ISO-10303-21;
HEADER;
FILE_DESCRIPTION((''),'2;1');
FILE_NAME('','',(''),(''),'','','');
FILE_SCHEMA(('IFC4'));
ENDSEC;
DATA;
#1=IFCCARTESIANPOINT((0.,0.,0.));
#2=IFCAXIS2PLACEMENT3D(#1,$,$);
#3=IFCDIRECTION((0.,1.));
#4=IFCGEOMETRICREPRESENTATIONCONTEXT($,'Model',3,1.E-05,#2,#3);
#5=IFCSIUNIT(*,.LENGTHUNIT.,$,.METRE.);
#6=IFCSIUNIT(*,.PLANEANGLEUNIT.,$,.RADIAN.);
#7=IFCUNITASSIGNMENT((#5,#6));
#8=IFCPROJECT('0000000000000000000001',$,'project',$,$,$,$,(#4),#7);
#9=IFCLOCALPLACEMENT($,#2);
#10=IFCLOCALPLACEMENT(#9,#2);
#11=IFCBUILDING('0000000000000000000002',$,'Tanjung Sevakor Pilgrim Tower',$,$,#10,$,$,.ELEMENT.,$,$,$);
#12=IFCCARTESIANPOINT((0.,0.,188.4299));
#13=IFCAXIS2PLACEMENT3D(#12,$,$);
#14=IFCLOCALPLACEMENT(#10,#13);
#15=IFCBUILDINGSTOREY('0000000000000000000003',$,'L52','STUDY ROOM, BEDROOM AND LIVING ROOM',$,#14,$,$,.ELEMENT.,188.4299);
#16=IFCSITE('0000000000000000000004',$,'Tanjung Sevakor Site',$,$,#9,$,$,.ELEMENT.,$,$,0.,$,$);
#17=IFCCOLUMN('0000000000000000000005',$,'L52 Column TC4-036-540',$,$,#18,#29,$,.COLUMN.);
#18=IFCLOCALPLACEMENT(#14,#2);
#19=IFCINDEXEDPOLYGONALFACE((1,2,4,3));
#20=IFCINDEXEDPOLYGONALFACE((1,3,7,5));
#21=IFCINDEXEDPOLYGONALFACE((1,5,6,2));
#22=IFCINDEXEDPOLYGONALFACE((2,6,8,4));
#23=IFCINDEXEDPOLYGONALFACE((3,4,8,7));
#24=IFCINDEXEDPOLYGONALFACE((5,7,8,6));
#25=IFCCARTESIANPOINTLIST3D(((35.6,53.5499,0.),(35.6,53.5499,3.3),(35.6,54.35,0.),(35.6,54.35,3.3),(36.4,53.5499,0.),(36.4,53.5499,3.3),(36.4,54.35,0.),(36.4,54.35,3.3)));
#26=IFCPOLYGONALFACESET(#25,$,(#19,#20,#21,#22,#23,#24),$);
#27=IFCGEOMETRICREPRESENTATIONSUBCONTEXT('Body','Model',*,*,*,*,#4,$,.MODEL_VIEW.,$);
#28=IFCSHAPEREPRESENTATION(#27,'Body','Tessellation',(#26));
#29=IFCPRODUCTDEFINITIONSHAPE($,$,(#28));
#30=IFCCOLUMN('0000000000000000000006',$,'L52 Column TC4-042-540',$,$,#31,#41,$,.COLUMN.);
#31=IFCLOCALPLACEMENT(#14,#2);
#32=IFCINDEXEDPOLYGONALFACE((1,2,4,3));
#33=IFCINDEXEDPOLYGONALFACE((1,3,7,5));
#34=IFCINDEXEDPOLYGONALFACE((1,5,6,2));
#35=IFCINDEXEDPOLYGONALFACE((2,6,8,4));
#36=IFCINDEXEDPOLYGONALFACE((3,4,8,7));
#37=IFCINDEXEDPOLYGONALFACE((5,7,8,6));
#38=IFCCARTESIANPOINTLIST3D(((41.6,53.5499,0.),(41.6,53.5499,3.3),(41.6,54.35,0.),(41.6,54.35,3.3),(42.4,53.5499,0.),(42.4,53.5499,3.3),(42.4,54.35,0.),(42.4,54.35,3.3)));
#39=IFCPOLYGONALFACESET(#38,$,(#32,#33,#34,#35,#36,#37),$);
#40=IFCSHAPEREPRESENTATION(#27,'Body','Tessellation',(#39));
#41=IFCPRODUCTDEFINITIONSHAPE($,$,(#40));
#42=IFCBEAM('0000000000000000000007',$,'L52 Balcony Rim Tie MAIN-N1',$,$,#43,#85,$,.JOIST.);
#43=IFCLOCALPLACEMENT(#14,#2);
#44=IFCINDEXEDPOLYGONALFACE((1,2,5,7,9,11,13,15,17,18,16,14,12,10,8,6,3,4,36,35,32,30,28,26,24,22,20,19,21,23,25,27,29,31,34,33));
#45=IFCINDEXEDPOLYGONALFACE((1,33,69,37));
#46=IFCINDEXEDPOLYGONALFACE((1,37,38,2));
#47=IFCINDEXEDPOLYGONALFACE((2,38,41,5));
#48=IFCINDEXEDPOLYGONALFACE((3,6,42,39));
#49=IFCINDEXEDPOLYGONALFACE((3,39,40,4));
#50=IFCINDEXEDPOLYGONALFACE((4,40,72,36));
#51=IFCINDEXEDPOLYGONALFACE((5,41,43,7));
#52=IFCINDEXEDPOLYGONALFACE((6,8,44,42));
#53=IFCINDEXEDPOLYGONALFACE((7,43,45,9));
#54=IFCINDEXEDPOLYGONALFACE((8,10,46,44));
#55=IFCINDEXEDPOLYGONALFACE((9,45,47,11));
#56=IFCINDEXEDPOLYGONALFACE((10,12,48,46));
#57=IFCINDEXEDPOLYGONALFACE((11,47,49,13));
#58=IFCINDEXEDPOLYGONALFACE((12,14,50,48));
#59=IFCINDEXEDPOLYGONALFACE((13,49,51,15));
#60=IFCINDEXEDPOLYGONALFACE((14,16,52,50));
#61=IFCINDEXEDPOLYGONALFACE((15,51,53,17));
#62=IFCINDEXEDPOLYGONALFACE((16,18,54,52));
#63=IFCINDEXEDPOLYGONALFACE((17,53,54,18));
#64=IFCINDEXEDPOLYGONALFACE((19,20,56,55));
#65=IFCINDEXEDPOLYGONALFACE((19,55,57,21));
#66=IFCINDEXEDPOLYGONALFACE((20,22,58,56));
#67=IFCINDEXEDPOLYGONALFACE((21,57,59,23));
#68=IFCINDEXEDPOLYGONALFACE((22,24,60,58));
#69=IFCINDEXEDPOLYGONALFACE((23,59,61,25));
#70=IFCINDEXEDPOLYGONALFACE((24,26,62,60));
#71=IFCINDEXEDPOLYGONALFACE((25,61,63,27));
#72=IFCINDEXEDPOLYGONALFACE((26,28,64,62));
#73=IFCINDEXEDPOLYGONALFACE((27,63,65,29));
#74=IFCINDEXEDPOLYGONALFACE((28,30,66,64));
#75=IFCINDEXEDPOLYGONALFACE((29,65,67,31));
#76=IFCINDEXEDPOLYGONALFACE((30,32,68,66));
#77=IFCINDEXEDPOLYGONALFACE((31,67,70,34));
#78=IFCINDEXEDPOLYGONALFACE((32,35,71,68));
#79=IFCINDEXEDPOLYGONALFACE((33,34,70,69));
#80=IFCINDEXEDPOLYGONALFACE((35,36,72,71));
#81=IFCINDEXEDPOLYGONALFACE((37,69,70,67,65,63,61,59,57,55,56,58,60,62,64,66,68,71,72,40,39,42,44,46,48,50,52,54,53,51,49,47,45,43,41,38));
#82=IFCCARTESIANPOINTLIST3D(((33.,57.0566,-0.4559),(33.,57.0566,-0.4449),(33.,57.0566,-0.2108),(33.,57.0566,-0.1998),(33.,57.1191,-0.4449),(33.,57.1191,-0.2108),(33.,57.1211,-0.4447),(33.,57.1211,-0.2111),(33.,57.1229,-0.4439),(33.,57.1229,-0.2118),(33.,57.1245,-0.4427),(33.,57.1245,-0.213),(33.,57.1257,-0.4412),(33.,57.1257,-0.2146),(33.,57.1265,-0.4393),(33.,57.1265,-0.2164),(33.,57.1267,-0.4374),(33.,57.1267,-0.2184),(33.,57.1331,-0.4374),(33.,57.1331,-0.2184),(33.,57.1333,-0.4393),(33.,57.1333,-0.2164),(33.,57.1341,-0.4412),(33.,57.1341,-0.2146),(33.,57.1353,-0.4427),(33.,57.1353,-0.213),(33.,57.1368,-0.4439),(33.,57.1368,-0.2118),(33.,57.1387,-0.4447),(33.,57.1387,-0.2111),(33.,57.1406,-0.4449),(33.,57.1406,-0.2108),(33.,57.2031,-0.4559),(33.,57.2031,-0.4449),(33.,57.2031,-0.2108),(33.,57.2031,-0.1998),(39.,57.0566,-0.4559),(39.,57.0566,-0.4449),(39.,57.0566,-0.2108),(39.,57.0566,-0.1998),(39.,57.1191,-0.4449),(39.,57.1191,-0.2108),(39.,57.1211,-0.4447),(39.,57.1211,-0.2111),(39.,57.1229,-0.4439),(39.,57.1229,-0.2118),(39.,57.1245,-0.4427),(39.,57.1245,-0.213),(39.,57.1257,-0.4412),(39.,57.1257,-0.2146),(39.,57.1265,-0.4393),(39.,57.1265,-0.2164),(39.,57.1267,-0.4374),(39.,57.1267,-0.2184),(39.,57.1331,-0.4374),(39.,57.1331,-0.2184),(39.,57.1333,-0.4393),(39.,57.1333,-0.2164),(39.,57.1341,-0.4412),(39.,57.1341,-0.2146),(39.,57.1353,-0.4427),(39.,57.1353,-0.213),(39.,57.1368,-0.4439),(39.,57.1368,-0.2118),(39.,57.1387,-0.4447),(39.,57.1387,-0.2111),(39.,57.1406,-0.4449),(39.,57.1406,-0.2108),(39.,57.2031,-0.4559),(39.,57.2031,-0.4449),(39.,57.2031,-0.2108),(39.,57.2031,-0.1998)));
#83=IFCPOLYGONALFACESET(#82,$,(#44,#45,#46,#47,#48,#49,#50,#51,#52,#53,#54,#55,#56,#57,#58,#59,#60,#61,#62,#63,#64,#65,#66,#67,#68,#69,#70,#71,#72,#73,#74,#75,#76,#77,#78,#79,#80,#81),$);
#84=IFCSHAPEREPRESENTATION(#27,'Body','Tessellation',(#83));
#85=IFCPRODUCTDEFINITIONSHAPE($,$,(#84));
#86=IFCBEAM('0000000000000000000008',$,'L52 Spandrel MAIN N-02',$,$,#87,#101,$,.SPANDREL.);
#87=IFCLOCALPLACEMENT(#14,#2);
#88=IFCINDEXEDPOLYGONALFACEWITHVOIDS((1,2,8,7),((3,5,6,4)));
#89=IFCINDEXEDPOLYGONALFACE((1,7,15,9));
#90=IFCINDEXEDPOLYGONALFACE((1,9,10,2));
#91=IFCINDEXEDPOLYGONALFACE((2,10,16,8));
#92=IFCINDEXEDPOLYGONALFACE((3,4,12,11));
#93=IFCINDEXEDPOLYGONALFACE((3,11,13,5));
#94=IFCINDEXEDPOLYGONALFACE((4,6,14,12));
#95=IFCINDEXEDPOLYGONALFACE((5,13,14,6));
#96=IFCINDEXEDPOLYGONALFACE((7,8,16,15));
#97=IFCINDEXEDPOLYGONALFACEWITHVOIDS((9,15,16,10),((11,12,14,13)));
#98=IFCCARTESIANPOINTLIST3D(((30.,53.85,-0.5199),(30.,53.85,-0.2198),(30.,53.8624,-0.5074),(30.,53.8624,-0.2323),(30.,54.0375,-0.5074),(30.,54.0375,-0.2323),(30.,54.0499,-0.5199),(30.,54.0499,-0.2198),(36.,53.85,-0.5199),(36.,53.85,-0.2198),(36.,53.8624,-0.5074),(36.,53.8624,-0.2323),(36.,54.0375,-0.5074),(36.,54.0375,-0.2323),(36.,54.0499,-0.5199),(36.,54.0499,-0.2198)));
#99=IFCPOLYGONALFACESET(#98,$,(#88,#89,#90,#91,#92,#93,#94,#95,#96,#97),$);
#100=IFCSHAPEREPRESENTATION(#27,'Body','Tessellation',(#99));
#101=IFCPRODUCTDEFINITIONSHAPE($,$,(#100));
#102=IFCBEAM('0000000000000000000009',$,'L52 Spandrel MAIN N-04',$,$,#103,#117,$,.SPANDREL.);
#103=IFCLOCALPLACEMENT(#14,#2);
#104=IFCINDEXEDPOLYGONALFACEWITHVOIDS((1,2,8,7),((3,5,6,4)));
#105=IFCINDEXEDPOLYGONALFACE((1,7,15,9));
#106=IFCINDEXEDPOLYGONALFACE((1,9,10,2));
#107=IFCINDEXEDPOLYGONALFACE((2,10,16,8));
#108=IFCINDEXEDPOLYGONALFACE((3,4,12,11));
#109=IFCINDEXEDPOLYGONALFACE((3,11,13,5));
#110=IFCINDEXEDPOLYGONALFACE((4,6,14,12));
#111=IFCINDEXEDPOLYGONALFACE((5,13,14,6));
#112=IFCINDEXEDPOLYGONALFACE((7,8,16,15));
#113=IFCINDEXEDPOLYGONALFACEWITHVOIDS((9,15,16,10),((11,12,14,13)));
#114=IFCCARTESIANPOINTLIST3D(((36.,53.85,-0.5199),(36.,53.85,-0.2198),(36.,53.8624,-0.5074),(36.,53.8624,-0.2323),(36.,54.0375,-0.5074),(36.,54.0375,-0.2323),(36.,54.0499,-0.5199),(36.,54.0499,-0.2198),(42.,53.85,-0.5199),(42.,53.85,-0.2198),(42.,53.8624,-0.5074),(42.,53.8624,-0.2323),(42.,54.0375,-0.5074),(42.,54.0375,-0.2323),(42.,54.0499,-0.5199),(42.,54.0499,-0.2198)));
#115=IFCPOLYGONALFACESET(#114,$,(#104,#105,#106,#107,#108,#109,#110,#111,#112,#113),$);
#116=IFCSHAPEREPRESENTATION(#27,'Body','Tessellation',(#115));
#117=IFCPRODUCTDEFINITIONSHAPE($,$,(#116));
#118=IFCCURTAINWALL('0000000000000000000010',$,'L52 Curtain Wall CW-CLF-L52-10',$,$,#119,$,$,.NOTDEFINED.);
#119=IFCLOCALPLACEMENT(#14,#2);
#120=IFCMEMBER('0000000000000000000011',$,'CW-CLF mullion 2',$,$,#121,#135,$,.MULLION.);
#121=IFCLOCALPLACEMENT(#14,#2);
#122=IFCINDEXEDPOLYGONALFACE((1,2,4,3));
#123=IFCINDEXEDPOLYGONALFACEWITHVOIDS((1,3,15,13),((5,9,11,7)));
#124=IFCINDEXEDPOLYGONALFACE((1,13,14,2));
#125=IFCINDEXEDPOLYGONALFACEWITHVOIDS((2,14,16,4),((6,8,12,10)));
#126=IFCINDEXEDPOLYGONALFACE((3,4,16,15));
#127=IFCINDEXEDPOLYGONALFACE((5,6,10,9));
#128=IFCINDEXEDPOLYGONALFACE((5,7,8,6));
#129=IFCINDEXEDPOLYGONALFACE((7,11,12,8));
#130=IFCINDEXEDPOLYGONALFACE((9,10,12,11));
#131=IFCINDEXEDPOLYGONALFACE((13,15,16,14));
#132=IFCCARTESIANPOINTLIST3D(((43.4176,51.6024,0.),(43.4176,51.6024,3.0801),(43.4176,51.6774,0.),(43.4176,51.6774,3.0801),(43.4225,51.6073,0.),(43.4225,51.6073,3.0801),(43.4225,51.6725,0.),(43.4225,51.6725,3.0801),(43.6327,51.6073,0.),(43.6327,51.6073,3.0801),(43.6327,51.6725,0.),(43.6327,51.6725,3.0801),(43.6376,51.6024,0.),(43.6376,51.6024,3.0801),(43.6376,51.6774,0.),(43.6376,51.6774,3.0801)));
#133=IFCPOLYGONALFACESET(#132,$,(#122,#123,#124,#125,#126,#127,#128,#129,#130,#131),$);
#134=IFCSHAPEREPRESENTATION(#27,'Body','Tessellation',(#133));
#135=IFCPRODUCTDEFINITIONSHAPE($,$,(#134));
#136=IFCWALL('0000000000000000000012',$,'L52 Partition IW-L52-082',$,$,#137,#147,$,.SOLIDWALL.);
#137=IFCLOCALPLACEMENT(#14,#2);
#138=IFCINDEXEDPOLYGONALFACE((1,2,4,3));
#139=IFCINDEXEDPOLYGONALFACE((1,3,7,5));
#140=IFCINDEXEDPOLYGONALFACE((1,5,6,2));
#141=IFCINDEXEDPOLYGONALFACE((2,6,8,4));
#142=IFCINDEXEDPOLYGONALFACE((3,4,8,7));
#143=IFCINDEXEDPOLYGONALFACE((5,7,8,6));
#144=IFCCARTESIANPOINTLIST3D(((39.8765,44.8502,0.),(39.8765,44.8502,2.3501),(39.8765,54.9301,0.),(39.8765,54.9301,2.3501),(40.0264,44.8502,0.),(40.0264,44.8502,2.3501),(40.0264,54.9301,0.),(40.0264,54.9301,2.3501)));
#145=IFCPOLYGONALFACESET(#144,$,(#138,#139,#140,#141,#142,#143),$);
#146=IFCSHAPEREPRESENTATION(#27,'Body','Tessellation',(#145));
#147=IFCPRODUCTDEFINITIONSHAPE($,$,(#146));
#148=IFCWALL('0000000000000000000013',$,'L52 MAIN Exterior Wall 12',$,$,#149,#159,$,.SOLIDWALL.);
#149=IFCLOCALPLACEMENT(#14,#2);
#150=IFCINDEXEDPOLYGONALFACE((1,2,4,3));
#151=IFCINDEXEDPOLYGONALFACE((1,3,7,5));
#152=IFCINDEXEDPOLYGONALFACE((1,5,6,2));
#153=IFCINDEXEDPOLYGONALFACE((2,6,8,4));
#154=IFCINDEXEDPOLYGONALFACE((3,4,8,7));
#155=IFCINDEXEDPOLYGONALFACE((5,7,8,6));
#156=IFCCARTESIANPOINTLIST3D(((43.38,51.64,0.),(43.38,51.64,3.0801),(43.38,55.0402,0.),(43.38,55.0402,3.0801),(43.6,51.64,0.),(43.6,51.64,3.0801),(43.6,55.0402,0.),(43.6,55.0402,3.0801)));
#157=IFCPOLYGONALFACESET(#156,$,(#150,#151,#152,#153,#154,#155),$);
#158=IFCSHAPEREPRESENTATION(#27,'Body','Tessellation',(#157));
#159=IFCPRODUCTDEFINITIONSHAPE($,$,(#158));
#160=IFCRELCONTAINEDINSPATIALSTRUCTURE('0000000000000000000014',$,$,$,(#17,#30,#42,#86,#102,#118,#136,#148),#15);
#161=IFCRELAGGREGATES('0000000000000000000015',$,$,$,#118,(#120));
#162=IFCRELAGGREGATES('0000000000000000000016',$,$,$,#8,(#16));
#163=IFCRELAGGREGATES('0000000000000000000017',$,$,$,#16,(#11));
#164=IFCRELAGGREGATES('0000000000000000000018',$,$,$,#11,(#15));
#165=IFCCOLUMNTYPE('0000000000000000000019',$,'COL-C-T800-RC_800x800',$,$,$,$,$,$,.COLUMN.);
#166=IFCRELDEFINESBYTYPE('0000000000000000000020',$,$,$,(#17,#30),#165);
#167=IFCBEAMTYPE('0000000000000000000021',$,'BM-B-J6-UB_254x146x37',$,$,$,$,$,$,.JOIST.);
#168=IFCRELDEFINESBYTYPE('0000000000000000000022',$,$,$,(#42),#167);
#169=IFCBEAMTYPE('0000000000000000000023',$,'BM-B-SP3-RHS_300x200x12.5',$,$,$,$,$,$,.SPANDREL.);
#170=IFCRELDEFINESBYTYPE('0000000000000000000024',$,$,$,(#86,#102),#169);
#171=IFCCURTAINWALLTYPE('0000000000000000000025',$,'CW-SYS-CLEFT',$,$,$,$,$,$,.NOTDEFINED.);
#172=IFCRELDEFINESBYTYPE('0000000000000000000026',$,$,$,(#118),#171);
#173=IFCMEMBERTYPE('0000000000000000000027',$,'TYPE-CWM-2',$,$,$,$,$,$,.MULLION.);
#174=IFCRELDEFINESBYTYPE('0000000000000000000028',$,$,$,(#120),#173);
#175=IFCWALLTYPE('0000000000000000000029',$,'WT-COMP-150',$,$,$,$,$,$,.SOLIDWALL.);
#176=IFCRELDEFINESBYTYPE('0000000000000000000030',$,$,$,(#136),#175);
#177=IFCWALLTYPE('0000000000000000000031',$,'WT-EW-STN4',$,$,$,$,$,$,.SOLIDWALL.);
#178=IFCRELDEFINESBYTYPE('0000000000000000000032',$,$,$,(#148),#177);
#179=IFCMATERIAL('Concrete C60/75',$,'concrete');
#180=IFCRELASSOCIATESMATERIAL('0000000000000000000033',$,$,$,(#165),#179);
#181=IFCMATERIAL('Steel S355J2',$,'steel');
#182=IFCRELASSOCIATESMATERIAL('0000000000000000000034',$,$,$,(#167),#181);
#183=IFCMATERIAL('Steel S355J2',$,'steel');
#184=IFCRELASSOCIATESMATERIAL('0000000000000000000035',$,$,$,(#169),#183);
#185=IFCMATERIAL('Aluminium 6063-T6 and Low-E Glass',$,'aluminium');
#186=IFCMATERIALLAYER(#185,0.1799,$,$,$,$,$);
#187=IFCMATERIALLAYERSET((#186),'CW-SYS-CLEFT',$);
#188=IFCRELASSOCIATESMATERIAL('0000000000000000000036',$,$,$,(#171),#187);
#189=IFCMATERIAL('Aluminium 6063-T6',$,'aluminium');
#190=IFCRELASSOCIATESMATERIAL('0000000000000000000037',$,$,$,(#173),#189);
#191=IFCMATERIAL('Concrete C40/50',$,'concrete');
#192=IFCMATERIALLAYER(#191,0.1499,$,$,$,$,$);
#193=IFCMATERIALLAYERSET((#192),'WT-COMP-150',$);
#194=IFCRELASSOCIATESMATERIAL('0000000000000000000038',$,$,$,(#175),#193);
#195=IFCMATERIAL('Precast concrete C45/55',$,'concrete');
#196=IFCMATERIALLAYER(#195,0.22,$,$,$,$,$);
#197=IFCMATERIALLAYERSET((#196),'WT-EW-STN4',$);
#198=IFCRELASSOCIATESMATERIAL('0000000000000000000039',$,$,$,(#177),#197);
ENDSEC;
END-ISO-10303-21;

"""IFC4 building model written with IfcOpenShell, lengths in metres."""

from ifc_helpers import new_model, si_unit, direction, frame, frame_2d, origin, origin_2d, place, context, subcontext, project, spatial, rectangle, hollow_rectangle, i_section, extrude, material, layer, layer_set, material_profile, profile_set, type_object, element, aggregate, save


model = new_model("IFC4")

# Units and contexts
model_context = context("Model", 3, precision=1e-05, world=origin(), true_north=direction((0.0, 1.0)))
body_context = subcontext(model_context, "Body", "Model", "MODEL_VIEW")
ifc_project = project(units=[si_unit("LENGTHUNIT", "METRE"), si_unit("PLANEANGLEUNIT", "RADIAN")], contexts=[model_context])

# Site, building, storey
site_placement = place(None, origin())
site = spatial("IfcSite", under=ifc_project, at=site_placement, Name="Tanjung Sevakor Site", CompositionType="ELEMENT", RefElevation=0.0)
building_placement = place(site_placement, origin())
building = spatial("IfcBuilding", under=site, at=building_placement, Name="Tanjung Sevakor Pilgrim Tower", CompositionType="ELEMENT")
storey_placement = place(building_placement, frame((0.0, 0.0, 188.4299)))
storey = spatial("IfcBuildingStorey", under=building, at=storey_placement, Name="L52", Description="STUDY ROOM, BEDROOM AND LIVING ROOM", CompositionType="ELEMENT", Elevation=188.4299)

# Columns
ifc_material_1 = material(Name="Concrete C60/75", Category="concrete")
ifc_material_profile_1 = material_profile(ifc_material_1, rectangle(XDim=0.8, YDim=0.8, at=origin_2d()))
ifc_profile_set_1 = profile_set([ifc_material_profile_1], Name="Concrete C60/75")
column_type = type_object("IfcColumnType", Name="COL-C-T800-RC_800x800", PredefinedType="COLUMN", material=ifc_profile_set_1)
for number, where, z_axis, x_axis, name in (
    (1, (36.0, 53.95, 0.0), (0.0, 0.0, 1.0), (1.0, 0.0, 0.0), "L52 Column TC4-036-540"),
    (2, (42.0, 53.95, 0.0), (0.0, 0.0, 1.0), (1.0, 0.0, 0.0), "L52 Column TC4-042-540"),
):
    element("IfcColumn", number, at=place(storey_placement, frame(where, z_axis=z_axis, x_axis=x_axis)), inside=storey, type_object=column_type, Name=name, PredefinedType="COLUMN", context=body_context, shape_type="SweptSolid", body=[
        extrude(rectangle(XDim=0.8, YDim=0.8, at=origin_2d()), origin(), (0.0, 0.0, 1.0), 3.3),
    ])

# Beams
ifc_material_2 = material(Name="Steel S355J2", Category="steel")
ifc_material_profile_2 = material_profile(ifc_material_2, i_section(OverallWidth=0.1465, OverallDepth=0.2561, WebThickness=0.0063, FlangeThickness=0.011, FilletRadius=0.0076, at=origin_2d()))
ifc_profile_set_2 = profile_set([ifc_material_profile_2], Name="Steel S355J2")
beam_type_1 = type_object("IfcBeamType", Name="BM-B-J6-UB_254x146x37", PredefinedType="JOIST", material=ifc_profile_set_2)
beam_placement = place(storey_placement, frame((33.0, 57.1299, -0.3279), z_axis=(1.0, 0.0, 0.0), x_axis=(0.0, 1.0, 0.0)))
element("IfcBeam", 3, at=beam_placement, inside=storey, type_object=beam_type_1, Name="L52 Balcony Rim Tie MAIN-N1", PredefinedType="JOIST", context=body_context, shape_type="SweptSolid", body=[
    extrude(i_section(OverallWidth=0.1465, OverallDepth=0.2561, WebThickness=0.0063, FlangeThickness=0.011, FilletRadius=0.0076, at=origin_2d()), origin(), (0.0, 0.0, 1.0), 6.0),
])
ifc_material_3 = material(Name="Steel S355J2", Category="steel")
ifc_material_profile_3 = material_profile(ifc_material_3, hollow_rectangle(XDim=0.2, YDim=0.3, WallThickness=0.0125, at=origin_2d()))
ifc_profile_set_3 = profile_set([ifc_material_profile_3], Name="Steel S355J2")
beam_type_2 = type_object("IfcBeamType", Name="BM-B-SP3-RHS_300x200x12.5", PredefinedType="SPANDREL", material=ifc_profile_set_3)
for number, where, z_axis, x_axis, name in (
    (4, (30.0, 53.95, -0.3699), (1.0, 0.0, 0.0), (0.0, 1.0, 0.0), "L52 Spandrel MAIN N-02"),
    (5, (36.0, 53.95, -0.3699), (1.0, 0.0, 0.0), (0.0, 1.0, 0.0), "L52 Spandrel MAIN N-04"),
):
    element("IfcBeam", number, at=place(storey_placement, frame(where, z_axis=z_axis, x_axis=x_axis)), inside=storey, type_object=beam_type_2, Name=name, PredefinedType="SPANDREL", context=body_context, shape_type="SweptSolid", body=[
        extrude(hollow_rectangle(XDim=0.2, YDim=0.3, WallThickness=0.0125, at=origin_2d()), origin(), (0.0, 0.0, 1.0), 6.0),
    ])

# Curtain wall, member
ifc_material_4 = material(Name="Aluminium 6063-T6 and Low-E Glass", Category="aluminium")
ifc_layer_1 = layer(ifc_material_4, 0.1799)
ifc_layer_set_1 = layer_set([ifc_layer_1], Name="CW-SYS-CLEFT")
curtain_wall_type = type_object("IfcCurtainWallType", Name="CW-SYS-CLEFT", PredefinedType="NOTDEFINED", material=ifc_layer_set_1)
curtain_wall_placement = place(storey_placement, origin())
curtain_wall = element("IfcCurtainWall", 6, at=curtain_wall_placement, inside=storey, type_object=curtain_wall_type, Name="L52 Curtain Wall CW-CLF-L52-10", PredefinedType="NOTDEFINED")
ifc_material_5 = material(Name="Aluminium 6063-T6", Category="aluminium")
ifc_material_profile_4 = material_profile(ifc_material_5, hollow_rectangle(XDim=0.075, YDim=0.22, WallThickness=0.0049, at=origin_2d()))
ifc_profile_set_4 = profile_set([ifc_material_profile_4], Name="Aluminium 6063-T6")
member_type = type_object("IfcMemberType", Name="TYPE-CWM-2", PredefinedType="MULLION", material=ifc_profile_set_4)
member_placement = place(storey_placement, frame((43.5276, 51.6399, 0.0), z_axis=(0.0, 0.0, 1.0), x_axis=(0.0, -1.0, 0.0)))
member = element("IfcMember", 7, at=member_placement, type_object=member_type, Name="CW-CLF mullion 2", PredefinedType="MULLION", context=body_context, shape_type="SweptSolid", body=[
    extrude(hollow_rectangle(XDim=0.075, YDim=0.22, WallThickness=0.0049, at=origin_2d()), origin(), (0.0, 0.0, 1.0), 3.0801),
])
aggregate(curtain_wall, [member])

# Wall
ifc_material_6 = material(Name="Concrete C40/50", Category="concrete")
ifc_layer_2 = layer(ifc_material_6, 0.1499)
ifc_layer_set_2 = layer_set([ifc_layer_2], Name="WT-COMP-150")
wall_type_1 = type_object("IfcWallType", Name="WT-COMP-150", PredefinedType="SOLIDWALL", material=ifc_layer_set_2)
wall_1_placement = place(storey_placement, frame((39.9514, 44.8501, 0.0), z_axis=(0.0, 0.0, 1.0), x_axis=(0.0, 1.0, 0.0)))
element("IfcWall", 8, at=wall_1_placement, inside=storey, type_object=wall_type_1, Name="L52 Partition IW-L52-082", PredefinedType="SOLIDWALL", context=body_context, shape_type="SweptSolid", body=[
    extrude(rectangle(XDim=10.0798, YDim=0.1499, at=frame_2d((5.04, 0.0))), origin(), (0.0, 0.0, 1.0), 2.3501),
])

# Wall
ifc_material_7 = material(Name="Precast concrete C45/55", Category="concrete")
ifc_layer_3 = layer(ifc_material_7, 0.22)
ifc_layer_set_3 = layer_set([ifc_layer_3], Name="WT-EW-STN4")
wall_type_2 = type_object("IfcWallType", Name="WT-EW-STN4", PredefinedType="SOLIDWALL", material=ifc_layer_set_3)
wall_2_placement = place(storey_placement, frame((43.49, 51.6399, 0.0), z_axis=(0.0, 0.0, 1.0), x_axis=(0.0, 1.0, 0.0)))
element("IfcWall", 9, at=wall_2_placement, inside=storey, type_object=wall_type_2, Name="L52 MAIN Exterior Wall 12", PredefinedType="SOLIDWALL", context=body_context, shape_type="SweptSolid", body=[
    extrude(rectangle(XDim=3.4001, YDim=0.22, at=frame_2d((1.7002, 0.0))), origin(), (0.0, 0.0, 1.0), 3.0801),
])

save(model, "model.ifc")
